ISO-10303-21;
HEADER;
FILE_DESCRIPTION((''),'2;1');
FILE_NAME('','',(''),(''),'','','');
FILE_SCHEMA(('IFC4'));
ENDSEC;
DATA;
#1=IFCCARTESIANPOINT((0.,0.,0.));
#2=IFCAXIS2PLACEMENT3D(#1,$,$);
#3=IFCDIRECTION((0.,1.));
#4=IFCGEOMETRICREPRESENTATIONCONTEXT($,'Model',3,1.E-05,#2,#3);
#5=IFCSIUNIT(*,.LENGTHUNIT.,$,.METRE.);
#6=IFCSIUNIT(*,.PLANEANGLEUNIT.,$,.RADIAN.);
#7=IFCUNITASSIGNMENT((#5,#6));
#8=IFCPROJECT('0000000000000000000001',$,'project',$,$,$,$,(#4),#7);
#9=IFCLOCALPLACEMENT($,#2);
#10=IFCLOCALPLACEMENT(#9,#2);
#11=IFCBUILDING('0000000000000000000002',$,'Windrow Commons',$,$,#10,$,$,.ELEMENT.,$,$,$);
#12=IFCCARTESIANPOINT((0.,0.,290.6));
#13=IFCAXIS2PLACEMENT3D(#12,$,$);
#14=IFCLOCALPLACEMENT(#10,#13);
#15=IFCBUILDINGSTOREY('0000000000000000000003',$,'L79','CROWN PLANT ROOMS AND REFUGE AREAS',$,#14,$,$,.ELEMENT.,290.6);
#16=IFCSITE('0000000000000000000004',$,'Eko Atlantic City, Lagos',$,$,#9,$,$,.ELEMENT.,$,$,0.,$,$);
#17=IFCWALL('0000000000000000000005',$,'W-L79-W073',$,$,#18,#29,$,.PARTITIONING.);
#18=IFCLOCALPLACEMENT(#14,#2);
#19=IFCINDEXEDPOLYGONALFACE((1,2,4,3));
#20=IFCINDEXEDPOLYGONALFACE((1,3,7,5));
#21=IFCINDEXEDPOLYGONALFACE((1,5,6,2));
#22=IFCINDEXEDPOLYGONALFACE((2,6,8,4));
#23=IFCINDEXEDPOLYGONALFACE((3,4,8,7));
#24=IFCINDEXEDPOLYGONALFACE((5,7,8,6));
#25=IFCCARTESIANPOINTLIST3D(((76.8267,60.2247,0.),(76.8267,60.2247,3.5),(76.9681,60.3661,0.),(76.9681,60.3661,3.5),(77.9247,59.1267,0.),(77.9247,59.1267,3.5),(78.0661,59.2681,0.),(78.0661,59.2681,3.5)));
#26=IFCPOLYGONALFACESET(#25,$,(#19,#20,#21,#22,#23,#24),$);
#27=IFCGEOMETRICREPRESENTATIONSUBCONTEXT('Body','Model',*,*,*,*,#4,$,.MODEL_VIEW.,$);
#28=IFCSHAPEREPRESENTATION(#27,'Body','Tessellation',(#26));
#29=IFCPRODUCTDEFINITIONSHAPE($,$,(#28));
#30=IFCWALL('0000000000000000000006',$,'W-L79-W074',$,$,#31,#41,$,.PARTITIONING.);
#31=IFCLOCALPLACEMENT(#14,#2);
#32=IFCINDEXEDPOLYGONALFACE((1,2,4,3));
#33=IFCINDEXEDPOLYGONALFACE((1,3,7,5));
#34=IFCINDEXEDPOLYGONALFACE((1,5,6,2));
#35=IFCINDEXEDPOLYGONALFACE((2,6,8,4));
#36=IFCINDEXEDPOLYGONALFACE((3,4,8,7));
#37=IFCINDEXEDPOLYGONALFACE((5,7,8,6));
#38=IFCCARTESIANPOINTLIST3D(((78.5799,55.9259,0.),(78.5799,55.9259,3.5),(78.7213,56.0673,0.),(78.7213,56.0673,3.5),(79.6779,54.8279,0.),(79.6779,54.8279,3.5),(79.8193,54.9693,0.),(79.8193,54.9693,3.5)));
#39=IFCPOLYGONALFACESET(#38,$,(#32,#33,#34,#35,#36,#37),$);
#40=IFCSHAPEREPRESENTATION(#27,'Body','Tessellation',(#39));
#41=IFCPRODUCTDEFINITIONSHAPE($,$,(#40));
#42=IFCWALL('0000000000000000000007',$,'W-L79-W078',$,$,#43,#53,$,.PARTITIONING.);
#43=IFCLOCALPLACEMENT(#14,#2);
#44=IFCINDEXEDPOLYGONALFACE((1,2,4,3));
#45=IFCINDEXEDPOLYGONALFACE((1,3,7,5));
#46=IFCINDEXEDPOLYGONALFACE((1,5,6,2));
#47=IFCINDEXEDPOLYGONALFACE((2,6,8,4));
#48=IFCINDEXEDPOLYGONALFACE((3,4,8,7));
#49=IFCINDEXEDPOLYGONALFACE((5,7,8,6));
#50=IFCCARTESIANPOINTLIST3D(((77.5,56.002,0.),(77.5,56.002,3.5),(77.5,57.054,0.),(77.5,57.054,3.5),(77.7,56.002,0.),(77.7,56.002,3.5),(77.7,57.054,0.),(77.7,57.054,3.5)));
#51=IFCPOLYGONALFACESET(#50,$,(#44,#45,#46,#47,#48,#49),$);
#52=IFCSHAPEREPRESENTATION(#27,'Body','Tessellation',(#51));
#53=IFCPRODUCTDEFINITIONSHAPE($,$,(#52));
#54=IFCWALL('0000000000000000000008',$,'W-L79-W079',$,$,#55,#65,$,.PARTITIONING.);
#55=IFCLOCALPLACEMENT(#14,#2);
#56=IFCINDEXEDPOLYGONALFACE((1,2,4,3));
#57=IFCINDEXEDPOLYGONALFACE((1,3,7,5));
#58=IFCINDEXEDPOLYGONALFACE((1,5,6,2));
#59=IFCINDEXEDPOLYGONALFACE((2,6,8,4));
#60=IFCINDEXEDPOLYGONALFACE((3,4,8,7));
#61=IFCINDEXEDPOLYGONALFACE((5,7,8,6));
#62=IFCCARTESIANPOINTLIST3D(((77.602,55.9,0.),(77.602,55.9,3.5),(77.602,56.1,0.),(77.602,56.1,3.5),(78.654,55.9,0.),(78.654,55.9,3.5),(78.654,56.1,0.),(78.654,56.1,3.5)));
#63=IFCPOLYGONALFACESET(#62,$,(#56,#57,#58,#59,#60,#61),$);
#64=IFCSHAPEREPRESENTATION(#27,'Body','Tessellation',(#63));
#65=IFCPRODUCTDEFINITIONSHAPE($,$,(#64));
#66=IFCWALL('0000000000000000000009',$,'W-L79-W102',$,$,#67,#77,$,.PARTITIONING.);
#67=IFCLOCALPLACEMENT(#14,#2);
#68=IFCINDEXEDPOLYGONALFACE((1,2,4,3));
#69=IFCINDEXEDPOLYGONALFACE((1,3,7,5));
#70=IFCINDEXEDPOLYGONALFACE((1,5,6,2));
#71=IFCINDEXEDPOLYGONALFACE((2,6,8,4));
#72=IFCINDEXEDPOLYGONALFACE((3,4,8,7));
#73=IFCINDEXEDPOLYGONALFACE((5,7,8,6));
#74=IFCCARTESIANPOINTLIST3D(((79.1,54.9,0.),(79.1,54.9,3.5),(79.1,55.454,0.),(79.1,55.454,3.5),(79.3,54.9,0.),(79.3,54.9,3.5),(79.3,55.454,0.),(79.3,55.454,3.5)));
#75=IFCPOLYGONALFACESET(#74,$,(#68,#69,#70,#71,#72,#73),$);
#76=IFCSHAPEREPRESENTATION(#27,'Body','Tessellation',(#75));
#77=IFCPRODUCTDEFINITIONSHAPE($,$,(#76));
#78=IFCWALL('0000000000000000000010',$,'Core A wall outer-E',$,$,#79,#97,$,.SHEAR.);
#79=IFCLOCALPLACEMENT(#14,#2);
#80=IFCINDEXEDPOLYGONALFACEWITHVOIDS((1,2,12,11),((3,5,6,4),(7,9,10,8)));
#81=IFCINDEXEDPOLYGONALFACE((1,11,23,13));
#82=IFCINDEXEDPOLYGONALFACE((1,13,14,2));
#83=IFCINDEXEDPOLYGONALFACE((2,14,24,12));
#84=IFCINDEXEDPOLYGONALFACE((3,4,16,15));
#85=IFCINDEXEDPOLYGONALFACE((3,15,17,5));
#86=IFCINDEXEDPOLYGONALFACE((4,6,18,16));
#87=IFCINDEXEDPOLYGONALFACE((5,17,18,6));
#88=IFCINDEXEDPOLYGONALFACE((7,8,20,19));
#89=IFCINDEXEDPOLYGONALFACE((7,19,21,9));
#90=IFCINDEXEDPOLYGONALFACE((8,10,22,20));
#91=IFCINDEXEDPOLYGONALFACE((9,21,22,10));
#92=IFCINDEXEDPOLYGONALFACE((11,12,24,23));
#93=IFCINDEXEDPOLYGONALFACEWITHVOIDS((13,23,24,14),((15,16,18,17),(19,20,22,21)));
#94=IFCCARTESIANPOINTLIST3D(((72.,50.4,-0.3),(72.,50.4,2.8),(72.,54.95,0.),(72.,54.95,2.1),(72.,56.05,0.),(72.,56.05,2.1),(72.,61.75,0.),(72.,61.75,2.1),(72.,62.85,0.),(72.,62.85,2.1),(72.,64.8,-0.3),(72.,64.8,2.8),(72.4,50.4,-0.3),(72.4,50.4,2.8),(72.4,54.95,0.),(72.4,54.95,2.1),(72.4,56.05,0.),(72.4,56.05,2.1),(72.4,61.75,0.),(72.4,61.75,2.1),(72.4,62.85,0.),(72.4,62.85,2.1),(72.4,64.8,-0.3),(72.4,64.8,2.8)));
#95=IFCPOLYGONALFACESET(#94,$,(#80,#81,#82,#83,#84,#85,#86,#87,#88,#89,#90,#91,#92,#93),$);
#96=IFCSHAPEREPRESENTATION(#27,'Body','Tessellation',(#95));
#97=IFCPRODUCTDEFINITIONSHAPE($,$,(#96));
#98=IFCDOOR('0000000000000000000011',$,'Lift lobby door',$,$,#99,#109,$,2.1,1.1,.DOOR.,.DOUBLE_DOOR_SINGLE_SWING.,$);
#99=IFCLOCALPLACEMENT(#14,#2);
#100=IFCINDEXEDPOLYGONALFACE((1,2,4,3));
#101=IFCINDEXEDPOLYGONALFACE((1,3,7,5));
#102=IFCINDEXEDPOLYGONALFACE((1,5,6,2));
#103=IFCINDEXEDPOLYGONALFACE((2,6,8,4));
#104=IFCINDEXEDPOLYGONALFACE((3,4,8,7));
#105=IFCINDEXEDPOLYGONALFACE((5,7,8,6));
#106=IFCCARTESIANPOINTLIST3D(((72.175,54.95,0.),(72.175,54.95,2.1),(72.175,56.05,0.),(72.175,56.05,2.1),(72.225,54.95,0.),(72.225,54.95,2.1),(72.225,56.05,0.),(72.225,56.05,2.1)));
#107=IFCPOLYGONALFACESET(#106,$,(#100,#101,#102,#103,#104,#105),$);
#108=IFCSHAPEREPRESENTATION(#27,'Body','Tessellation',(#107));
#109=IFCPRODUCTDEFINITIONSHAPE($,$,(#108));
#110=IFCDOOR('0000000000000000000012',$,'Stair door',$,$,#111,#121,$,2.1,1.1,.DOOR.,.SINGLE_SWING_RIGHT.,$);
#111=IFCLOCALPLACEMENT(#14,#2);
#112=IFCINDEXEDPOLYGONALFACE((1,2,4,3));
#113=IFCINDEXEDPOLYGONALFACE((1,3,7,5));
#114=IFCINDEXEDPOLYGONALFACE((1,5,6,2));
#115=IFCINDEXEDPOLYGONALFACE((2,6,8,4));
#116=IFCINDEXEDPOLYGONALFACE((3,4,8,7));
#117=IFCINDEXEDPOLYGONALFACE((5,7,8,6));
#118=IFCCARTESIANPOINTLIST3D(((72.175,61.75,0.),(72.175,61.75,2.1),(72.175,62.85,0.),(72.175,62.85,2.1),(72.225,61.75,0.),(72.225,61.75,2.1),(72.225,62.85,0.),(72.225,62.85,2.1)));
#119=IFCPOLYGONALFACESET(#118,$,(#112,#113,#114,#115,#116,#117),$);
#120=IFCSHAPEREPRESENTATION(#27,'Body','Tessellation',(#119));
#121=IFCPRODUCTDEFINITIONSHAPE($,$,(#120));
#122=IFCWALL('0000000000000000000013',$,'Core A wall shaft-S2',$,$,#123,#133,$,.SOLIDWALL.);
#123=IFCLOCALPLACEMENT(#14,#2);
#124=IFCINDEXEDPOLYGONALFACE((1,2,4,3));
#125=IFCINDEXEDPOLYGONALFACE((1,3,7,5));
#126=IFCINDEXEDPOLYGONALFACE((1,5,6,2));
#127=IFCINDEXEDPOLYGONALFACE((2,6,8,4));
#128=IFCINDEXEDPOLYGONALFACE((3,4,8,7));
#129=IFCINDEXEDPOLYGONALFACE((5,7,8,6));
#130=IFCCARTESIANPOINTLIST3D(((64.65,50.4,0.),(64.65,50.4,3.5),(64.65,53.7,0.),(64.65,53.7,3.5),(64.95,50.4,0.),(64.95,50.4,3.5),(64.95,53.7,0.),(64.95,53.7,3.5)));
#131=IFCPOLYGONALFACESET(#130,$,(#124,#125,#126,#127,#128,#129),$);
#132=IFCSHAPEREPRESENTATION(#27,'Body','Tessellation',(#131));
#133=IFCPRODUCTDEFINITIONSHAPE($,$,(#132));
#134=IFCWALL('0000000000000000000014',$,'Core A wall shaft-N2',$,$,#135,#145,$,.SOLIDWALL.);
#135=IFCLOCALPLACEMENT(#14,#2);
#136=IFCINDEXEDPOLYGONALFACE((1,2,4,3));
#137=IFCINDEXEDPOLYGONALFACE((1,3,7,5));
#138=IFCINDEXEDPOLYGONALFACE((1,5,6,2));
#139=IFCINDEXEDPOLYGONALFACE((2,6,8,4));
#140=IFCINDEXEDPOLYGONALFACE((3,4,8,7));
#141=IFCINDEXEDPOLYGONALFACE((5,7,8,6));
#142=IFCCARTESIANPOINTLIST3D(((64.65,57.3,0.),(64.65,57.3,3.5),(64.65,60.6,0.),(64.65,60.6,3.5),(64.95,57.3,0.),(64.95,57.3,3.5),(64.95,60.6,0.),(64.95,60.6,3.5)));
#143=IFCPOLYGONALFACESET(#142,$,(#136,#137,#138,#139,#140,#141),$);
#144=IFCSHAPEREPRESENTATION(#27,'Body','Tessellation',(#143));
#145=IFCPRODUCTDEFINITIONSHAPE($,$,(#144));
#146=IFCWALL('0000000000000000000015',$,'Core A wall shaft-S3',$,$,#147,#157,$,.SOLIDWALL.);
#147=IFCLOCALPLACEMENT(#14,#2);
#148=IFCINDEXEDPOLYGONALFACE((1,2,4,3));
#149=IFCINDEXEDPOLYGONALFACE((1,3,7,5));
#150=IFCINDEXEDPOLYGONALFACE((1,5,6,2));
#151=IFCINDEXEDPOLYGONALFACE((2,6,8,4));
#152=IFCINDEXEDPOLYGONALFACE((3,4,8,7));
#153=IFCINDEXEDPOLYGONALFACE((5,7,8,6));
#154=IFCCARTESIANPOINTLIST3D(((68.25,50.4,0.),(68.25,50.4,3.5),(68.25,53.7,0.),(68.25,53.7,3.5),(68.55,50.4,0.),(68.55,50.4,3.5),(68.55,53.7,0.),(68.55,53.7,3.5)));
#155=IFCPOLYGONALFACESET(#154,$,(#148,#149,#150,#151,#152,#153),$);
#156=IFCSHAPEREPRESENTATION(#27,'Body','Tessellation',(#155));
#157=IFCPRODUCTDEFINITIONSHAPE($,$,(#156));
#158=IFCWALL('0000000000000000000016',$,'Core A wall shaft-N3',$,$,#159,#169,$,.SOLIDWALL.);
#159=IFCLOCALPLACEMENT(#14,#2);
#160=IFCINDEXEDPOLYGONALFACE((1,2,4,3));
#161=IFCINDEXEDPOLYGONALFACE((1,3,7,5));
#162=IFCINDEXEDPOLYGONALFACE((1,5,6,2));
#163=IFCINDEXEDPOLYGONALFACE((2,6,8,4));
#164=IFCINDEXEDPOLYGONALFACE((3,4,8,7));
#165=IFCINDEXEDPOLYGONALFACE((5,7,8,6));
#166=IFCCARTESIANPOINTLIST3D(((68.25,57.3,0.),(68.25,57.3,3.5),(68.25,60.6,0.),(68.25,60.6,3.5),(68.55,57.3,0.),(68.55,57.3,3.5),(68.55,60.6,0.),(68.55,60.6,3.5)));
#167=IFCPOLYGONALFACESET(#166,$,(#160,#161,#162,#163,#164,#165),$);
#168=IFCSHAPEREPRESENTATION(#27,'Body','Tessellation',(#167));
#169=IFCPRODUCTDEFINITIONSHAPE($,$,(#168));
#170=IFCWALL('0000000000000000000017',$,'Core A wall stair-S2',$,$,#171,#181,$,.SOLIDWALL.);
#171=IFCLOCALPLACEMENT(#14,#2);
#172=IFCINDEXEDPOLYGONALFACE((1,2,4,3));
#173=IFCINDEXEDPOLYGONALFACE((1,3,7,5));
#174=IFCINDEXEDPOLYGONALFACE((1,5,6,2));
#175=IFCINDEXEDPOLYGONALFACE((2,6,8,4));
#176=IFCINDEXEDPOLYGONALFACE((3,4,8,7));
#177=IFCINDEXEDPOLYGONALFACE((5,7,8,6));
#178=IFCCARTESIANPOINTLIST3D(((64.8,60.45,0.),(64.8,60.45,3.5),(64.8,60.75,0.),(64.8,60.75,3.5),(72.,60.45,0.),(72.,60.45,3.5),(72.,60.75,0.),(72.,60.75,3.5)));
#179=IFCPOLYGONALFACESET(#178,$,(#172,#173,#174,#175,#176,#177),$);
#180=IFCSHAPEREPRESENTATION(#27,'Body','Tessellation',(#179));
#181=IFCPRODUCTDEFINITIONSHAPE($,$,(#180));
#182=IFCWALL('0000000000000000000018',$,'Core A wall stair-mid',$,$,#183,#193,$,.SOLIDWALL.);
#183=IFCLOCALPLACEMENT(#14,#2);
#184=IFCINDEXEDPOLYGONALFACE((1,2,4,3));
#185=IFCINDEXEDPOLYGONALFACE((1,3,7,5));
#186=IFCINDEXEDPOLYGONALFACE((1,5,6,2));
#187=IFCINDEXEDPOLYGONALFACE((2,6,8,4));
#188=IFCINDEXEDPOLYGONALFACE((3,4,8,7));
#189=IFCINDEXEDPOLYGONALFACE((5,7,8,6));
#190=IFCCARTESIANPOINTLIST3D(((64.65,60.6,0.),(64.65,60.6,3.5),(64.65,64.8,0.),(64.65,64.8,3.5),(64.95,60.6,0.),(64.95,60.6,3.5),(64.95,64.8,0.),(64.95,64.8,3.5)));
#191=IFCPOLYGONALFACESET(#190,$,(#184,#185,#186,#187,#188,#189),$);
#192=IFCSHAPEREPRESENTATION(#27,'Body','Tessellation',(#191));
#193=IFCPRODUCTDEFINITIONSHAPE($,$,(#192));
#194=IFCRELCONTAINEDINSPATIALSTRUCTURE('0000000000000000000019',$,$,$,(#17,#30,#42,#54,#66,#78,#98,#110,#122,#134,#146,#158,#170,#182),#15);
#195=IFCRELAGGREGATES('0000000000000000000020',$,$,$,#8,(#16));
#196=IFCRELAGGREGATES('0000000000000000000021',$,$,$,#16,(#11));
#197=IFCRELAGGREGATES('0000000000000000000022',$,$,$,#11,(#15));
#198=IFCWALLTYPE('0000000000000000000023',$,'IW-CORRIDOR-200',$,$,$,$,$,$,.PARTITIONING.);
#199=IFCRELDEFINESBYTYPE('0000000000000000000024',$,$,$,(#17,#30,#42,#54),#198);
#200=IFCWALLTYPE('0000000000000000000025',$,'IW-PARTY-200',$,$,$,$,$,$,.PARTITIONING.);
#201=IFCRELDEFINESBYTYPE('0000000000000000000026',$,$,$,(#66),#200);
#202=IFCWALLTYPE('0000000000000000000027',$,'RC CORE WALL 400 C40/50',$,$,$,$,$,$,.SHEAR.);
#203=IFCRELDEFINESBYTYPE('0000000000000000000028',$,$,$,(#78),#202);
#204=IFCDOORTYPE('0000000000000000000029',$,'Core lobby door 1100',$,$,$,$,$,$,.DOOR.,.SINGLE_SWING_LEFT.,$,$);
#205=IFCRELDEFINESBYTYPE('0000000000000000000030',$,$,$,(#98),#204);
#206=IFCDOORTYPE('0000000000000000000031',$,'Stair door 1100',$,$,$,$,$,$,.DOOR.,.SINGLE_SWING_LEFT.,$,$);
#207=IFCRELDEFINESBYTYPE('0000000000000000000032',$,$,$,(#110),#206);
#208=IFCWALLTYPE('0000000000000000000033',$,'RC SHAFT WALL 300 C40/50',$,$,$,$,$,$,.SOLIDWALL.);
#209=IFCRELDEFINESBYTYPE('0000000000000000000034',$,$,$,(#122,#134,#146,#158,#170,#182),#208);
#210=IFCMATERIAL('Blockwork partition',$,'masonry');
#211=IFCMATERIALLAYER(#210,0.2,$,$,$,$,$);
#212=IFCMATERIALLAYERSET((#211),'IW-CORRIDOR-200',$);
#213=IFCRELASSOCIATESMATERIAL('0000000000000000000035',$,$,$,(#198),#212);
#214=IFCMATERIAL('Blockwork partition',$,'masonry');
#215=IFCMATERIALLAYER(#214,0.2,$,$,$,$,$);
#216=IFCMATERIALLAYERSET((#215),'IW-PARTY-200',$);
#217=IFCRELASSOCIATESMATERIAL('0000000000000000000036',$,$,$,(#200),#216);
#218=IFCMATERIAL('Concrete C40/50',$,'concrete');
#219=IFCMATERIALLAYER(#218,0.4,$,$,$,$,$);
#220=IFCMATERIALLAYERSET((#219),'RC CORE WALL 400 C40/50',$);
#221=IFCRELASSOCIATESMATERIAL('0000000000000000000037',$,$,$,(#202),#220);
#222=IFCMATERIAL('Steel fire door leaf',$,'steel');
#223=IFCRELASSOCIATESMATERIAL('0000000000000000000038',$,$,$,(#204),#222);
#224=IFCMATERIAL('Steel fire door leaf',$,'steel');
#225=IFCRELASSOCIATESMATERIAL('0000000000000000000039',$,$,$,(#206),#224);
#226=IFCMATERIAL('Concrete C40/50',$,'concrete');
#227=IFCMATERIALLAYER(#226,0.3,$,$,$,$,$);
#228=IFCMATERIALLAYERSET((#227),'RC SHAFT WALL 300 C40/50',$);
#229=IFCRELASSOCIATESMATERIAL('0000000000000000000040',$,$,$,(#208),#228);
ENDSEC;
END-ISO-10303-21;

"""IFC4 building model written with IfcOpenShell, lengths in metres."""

from ifc_helpers import new_model, si_unit, direction, frame, frame_2d, origin, place, context, subcontext, project, spatial, rectangle, extrude, material, layer, layer_set, type_object, element, fill, save


model = new_model("IFC4")

# Units and contexts
model_context = context("Model", 3, precision=1e-05, world=origin(), true_north=direction((0.0, 1.0)))
body_context = subcontext(model_context, "Body", "Model", "MODEL_VIEW")
ifc_project = project(units=[si_unit("LENGTHUNIT", "METRE"), si_unit("PLANEANGLEUNIT", "RADIAN")], contexts=[model_context])

# Site, building, storey
site_placement = place(None, origin())
site = spatial("IfcSite", under=ifc_project, at=site_placement, Name="Eko Atlantic City, Lagos", CompositionType="ELEMENT", RefElevation=0.0)
building_placement = place(site_placement, origin())
building = spatial("IfcBuilding", under=site, at=building_placement, Name="Windrow Commons", CompositionType="ELEMENT")
storey_placement = place(building_placement, frame((0.0, 0.0, 290.6)))
storey = spatial("IfcBuildingStorey", under=building, at=storey_placement, Name="L79", Description="CROWN PLANT ROOMS AND REFUGE AREAS", CompositionType="ELEMENT", Elevation=290.6)

# Shared definitions
ifc_material_1 = material(Name="Blockwork partition", Category="masonry")
ifc_layer_1 = layer(ifc_material_1, 0.2)
ifc_layer_set_1 = layer_set([ifc_layer_1], Name="IW-CORRIDOR-200")
wall_type_1 = type_object("IfcWallType", Name="IW-CORRIDOR-200", PredefinedType="PARTITIONING", material=ifc_layer_set_1)

# Walls
for number, where, z_axis, x_axis, name in (
    (1, (76.8974, 60.2954, 0.0), (0.0, 0.0, 1.0), (0.707107, -0.707107, 0.0), "W-L79-W073"),
    (2, (78.6506, 55.9966, 0.0), (0.0, 0.0, 1.0), (0.707107, -0.707107, 0.0), "W-L79-W074"),
):
    element("IfcWall", number, at=place(storey_placement, frame(where, z_axis=z_axis, x_axis=x_axis)), inside=storey, type_object=wall_type_1, Name=name, PredefinedType="PARTITIONING", context=body_context, shape_type="SweptSolid", body=[
        extrude(rectangle(XDim=1.5528, YDim=0.2, at=frame_2d((0.7764, 0.0))), origin(), (0.0, 0.0, 1.0), 3.5),
    ])
for number, where, z_axis, x_axis, name in (
    (3, (77.6, 56.002, 0.0), (0.0, 0.0, 1.0), (0.0, 1.0, 0.0), "W-L79-W078"),
    (4, (77.602, 56.0, 0.0), (0.0, 0.0, 1.0), (1.0, 0.0, 0.0), "W-L79-W079"),
):
    element("IfcWall", number, at=place(storey_placement, frame(where, z_axis=z_axis, x_axis=x_axis)), inside=storey, type_object=wall_type_1, Name=name, PredefinedType="PARTITIONING", context=body_context, shape_type="SweptSolid", body=[
        extrude(rectangle(XDim=1.052, YDim=0.2, at=frame_2d((0.526, 0.0))), origin(), (0.0, 0.0, 1.0), 3.5),
    ])
ifc_material_2 = material(Name="Blockwork partition", Category="masonry")
ifc_layer_2 = layer(ifc_material_2, 0.2)
ifc_layer_set_2 = layer_set([ifc_layer_2], Name="IW-PARTY-200")
wall_type_2 = type_object("IfcWallType", Name="IW-PARTY-200", PredefinedType="PARTITIONING", material=ifc_layer_set_2)
wall_1_placement = place(storey_placement, frame((79.2, 54.9, 0.0), z_axis=(0.0, 0.0, 1.0), x_axis=(0.0, 1.0, 0.0)))
element("IfcWall", 5, at=wall_1_placement, inside=storey, type_object=wall_type_2, Name="W-L79-W102", PredefinedType="PARTITIONING", context=body_context, shape_type="SweptSolid", body=[
    extrude(rectangle(XDim=0.554, YDim=0.2, at=frame_2d((0.277, 0.0))), origin(), (0.0, 0.0, 1.0), 3.5),
])

# Wall, openings, doors
ifc_material_3 = material(Name="Concrete C40/50", Category="concrete")
ifc_layer_3 = layer(ifc_material_3, 0.4)
ifc_layer_set_3 = layer_set([ifc_layer_3], Name="RC CORE WALL 400 C40/50")
wall_type_3 = type_object("IfcWallType", Name="RC CORE WALL 400 C40/50", PredefinedType="SHEAR", material=ifc_layer_set_3)
wall_2_placement = place(storey_placement, frame((72.2, 50.4, -0.3), z_axis=(0.0, 0.0, 1.0), x_axis=(0.0, 1.0, 0.0)))
wall_2 = element("IfcWall", 6, at=wall_2_placement, inside=storey, type_object=wall_type_3, Name="Core A wall outer-E", PredefinedType="SHEAR", context=body_context, shape_type="SweptSolid", body=[
    extrude(rectangle(XDim=14.4, YDim=0.4, at=frame_2d((7.2, 0.0))), origin(), (0.0, 0.0, 1.0), 3.1),
])
opening_1_placement = place(wall_2_placement, frame((4.55, 0.0, 0.3)))
opening_1 = element("IfcOpeningElement", 7, at=opening_1_placement, cuts=wall_2, PredefinedType="OPENING", context=body_context, shape_type="SweptSolid", body=[
    extrude(rectangle(XDim=1.1, YDim=2.1, at=frame_2d((0.55, 1.05))), frame((0.0, 0.21, 0.0), z_axis=(0.0, -1.0, 0.0), x_axis=(1.0, 0.0, 0.0)), (0.0, 0.0, 1.0), 0.42),
])
opening_2_placement = place(wall_2_placement, frame((11.35, 0.0, 0.3)))
opening_2 = element("IfcOpeningElement", 8, at=opening_2_placement, cuts=wall_2, PredefinedType="OPENING", context=body_context, shape_type="SweptSolid", body=[
    extrude(rectangle(XDim=1.1, YDim=2.1, at=frame_2d((0.55, 1.05))), frame((0.0, 0.21, 0.0), z_axis=(0.0, -1.0, 0.0), x_axis=(1.0, 0.0, 0.0)), (0.0, 0.0, 1.0), 0.42),
])
ifc_material_4 = material(Name="Steel fire door leaf", Category="steel")
door_type_1 = type_object("IfcDoorType", Name="Core lobby door 1100", OperationType="SINGLE_SWING_LEFT", PredefinedType="DOOR", material=ifc_material_4)
door_1_placement = place(opening_1_placement, origin())
door_1 = element("IfcDoor", 9, at=door_1_placement, inside=storey, type_object=door_type_1, Name="Lift lobby door", OperationType="DOUBLE_DOOR_SINGLE_SWING", OverallHeight=2.1, OverallWidth=1.1, PredefinedType="DOOR", context=body_context, shape_type="SweptSolid", body=[
    extrude(rectangle(XDim=1.1, YDim=2.1, at=frame_2d((0.55, 1.05))), frame((0.0, 0.025, 0.0), z_axis=(0.0, -1.0, 0.0), x_axis=(1.0, 0.0, 0.0)), (0.0, 0.0, 1.0), 0.05),
])
fill(opening_1, door_1)
ifc_material_5 = material(Name="Steel fire door leaf", Category="steel")
door_type_2 = type_object("IfcDoorType", Name="Stair door 1100", OperationType="SINGLE_SWING_LEFT", PredefinedType="DOOR", material=ifc_material_5)
door_2_placement = place(opening_2_placement, origin())
door_2 = element("IfcDoor", 10, at=door_2_placement, inside=storey, type_object=door_type_2, Name="Stair door", OperationType="SINGLE_SWING_RIGHT", OverallHeight=2.1, OverallWidth=1.1, PredefinedType="DOOR", context=body_context, shape_type="SweptSolid", body=[
    extrude(rectangle(XDim=1.1, YDim=2.1, at=frame_2d((0.55, 1.05))), frame((0.0, 0.025, 0.0), z_axis=(0.0, -1.0, 0.0), x_axis=(1.0, 0.0, 0.0)), (0.0, 0.0, 1.0), 0.05),
])
fill(opening_2, door_2)

# Walls
ifc_material_6 = material(Name="Concrete C40/50", Category="concrete")
ifc_layer_4 = layer(ifc_material_6, 0.3)
ifc_layer_set_4 = layer_set([ifc_layer_4], Name="RC SHAFT WALL 300 C40/50")
wall_type_4 = type_object("IfcWallType", Name="RC SHAFT WALL 300 C40/50", PredefinedType="SOLIDWALL", material=ifc_layer_set_4)
for number, where, z_axis, x_axis, name in (
    (11, (64.8, 50.4, 0.0), (0.0, 0.0, 1.0), (0.0, 1.0, 0.0), "Core A wall shaft-S2"),
    (12, (64.8, 57.3, 0.0), (0.0, 0.0, 1.0), (0.0, 1.0, 0.0), "Core A wall shaft-N2"),
    (13, (68.4, 50.4, 0.0), (0.0, 0.0, 1.0), (0.0, 1.0, 0.0), "Core A wall shaft-S3"),
    (14, (68.4, 57.3, 0.0), (0.0, 0.0, 1.0), (0.0, 1.0, 0.0), "Core A wall shaft-N3"),
):
    element("IfcWall", number, at=place(storey_placement, frame(where, z_axis=z_axis, x_axis=x_axis)), inside=storey, type_object=wall_type_4, Name=name, PredefinedType="SOLIDWALL", context=body_context, shape_type="SweptSolid", body=[
        extrude(rectangle(XDim=3.3, YDim=0.3, at=frame_2d((1.65, 0.0))), origin(), (0.0, 0.0, 1.0), 3.5),
    ])
wall_3_placement = place(storey_placement, frame((64.8, 60.6, 0.0), z_axis=(0.0, 0.0, 1.0), x_axis=(1.0, 0.0, 0.0)))
element("IfcWall", 15, at=wall_3_placement, inside=storey, type_object=wall_type_4, Name="Core A wall stair-S2", PredefinedType="SOLIDWALL", context=body_context, shape_type="SweptSolid", body=[
    extrude(rectangle(XDim=7.2, YDim=0.3, at=frame_2d((3.6, 0.0))), origin(), (0.0, 0.0, 1.0), 3.5),
])
wall_4_placement = place(storey_placement, frame((64.8, 60.6, 0.0), z_axis=(0.0, 0.0, 1.0), x_axis=(0.0, 1.0, 0.0)))
element("IfcWall", 16, at=wall_4_placement, inside=storey, type_object=wall_type_4, Name="Core A wall stair-mid", PredefinedType="SOLIDWALL", context=body_context, shape_type="SweptSolid", body=[
    extrude(rectangle(XDim=4.2, YDim=0.3, at=frame_2d((2.1, 0.0))), origin(), (0.0, 0.0, 1.0), 3.5),
])

save(model, "model.ifc")
